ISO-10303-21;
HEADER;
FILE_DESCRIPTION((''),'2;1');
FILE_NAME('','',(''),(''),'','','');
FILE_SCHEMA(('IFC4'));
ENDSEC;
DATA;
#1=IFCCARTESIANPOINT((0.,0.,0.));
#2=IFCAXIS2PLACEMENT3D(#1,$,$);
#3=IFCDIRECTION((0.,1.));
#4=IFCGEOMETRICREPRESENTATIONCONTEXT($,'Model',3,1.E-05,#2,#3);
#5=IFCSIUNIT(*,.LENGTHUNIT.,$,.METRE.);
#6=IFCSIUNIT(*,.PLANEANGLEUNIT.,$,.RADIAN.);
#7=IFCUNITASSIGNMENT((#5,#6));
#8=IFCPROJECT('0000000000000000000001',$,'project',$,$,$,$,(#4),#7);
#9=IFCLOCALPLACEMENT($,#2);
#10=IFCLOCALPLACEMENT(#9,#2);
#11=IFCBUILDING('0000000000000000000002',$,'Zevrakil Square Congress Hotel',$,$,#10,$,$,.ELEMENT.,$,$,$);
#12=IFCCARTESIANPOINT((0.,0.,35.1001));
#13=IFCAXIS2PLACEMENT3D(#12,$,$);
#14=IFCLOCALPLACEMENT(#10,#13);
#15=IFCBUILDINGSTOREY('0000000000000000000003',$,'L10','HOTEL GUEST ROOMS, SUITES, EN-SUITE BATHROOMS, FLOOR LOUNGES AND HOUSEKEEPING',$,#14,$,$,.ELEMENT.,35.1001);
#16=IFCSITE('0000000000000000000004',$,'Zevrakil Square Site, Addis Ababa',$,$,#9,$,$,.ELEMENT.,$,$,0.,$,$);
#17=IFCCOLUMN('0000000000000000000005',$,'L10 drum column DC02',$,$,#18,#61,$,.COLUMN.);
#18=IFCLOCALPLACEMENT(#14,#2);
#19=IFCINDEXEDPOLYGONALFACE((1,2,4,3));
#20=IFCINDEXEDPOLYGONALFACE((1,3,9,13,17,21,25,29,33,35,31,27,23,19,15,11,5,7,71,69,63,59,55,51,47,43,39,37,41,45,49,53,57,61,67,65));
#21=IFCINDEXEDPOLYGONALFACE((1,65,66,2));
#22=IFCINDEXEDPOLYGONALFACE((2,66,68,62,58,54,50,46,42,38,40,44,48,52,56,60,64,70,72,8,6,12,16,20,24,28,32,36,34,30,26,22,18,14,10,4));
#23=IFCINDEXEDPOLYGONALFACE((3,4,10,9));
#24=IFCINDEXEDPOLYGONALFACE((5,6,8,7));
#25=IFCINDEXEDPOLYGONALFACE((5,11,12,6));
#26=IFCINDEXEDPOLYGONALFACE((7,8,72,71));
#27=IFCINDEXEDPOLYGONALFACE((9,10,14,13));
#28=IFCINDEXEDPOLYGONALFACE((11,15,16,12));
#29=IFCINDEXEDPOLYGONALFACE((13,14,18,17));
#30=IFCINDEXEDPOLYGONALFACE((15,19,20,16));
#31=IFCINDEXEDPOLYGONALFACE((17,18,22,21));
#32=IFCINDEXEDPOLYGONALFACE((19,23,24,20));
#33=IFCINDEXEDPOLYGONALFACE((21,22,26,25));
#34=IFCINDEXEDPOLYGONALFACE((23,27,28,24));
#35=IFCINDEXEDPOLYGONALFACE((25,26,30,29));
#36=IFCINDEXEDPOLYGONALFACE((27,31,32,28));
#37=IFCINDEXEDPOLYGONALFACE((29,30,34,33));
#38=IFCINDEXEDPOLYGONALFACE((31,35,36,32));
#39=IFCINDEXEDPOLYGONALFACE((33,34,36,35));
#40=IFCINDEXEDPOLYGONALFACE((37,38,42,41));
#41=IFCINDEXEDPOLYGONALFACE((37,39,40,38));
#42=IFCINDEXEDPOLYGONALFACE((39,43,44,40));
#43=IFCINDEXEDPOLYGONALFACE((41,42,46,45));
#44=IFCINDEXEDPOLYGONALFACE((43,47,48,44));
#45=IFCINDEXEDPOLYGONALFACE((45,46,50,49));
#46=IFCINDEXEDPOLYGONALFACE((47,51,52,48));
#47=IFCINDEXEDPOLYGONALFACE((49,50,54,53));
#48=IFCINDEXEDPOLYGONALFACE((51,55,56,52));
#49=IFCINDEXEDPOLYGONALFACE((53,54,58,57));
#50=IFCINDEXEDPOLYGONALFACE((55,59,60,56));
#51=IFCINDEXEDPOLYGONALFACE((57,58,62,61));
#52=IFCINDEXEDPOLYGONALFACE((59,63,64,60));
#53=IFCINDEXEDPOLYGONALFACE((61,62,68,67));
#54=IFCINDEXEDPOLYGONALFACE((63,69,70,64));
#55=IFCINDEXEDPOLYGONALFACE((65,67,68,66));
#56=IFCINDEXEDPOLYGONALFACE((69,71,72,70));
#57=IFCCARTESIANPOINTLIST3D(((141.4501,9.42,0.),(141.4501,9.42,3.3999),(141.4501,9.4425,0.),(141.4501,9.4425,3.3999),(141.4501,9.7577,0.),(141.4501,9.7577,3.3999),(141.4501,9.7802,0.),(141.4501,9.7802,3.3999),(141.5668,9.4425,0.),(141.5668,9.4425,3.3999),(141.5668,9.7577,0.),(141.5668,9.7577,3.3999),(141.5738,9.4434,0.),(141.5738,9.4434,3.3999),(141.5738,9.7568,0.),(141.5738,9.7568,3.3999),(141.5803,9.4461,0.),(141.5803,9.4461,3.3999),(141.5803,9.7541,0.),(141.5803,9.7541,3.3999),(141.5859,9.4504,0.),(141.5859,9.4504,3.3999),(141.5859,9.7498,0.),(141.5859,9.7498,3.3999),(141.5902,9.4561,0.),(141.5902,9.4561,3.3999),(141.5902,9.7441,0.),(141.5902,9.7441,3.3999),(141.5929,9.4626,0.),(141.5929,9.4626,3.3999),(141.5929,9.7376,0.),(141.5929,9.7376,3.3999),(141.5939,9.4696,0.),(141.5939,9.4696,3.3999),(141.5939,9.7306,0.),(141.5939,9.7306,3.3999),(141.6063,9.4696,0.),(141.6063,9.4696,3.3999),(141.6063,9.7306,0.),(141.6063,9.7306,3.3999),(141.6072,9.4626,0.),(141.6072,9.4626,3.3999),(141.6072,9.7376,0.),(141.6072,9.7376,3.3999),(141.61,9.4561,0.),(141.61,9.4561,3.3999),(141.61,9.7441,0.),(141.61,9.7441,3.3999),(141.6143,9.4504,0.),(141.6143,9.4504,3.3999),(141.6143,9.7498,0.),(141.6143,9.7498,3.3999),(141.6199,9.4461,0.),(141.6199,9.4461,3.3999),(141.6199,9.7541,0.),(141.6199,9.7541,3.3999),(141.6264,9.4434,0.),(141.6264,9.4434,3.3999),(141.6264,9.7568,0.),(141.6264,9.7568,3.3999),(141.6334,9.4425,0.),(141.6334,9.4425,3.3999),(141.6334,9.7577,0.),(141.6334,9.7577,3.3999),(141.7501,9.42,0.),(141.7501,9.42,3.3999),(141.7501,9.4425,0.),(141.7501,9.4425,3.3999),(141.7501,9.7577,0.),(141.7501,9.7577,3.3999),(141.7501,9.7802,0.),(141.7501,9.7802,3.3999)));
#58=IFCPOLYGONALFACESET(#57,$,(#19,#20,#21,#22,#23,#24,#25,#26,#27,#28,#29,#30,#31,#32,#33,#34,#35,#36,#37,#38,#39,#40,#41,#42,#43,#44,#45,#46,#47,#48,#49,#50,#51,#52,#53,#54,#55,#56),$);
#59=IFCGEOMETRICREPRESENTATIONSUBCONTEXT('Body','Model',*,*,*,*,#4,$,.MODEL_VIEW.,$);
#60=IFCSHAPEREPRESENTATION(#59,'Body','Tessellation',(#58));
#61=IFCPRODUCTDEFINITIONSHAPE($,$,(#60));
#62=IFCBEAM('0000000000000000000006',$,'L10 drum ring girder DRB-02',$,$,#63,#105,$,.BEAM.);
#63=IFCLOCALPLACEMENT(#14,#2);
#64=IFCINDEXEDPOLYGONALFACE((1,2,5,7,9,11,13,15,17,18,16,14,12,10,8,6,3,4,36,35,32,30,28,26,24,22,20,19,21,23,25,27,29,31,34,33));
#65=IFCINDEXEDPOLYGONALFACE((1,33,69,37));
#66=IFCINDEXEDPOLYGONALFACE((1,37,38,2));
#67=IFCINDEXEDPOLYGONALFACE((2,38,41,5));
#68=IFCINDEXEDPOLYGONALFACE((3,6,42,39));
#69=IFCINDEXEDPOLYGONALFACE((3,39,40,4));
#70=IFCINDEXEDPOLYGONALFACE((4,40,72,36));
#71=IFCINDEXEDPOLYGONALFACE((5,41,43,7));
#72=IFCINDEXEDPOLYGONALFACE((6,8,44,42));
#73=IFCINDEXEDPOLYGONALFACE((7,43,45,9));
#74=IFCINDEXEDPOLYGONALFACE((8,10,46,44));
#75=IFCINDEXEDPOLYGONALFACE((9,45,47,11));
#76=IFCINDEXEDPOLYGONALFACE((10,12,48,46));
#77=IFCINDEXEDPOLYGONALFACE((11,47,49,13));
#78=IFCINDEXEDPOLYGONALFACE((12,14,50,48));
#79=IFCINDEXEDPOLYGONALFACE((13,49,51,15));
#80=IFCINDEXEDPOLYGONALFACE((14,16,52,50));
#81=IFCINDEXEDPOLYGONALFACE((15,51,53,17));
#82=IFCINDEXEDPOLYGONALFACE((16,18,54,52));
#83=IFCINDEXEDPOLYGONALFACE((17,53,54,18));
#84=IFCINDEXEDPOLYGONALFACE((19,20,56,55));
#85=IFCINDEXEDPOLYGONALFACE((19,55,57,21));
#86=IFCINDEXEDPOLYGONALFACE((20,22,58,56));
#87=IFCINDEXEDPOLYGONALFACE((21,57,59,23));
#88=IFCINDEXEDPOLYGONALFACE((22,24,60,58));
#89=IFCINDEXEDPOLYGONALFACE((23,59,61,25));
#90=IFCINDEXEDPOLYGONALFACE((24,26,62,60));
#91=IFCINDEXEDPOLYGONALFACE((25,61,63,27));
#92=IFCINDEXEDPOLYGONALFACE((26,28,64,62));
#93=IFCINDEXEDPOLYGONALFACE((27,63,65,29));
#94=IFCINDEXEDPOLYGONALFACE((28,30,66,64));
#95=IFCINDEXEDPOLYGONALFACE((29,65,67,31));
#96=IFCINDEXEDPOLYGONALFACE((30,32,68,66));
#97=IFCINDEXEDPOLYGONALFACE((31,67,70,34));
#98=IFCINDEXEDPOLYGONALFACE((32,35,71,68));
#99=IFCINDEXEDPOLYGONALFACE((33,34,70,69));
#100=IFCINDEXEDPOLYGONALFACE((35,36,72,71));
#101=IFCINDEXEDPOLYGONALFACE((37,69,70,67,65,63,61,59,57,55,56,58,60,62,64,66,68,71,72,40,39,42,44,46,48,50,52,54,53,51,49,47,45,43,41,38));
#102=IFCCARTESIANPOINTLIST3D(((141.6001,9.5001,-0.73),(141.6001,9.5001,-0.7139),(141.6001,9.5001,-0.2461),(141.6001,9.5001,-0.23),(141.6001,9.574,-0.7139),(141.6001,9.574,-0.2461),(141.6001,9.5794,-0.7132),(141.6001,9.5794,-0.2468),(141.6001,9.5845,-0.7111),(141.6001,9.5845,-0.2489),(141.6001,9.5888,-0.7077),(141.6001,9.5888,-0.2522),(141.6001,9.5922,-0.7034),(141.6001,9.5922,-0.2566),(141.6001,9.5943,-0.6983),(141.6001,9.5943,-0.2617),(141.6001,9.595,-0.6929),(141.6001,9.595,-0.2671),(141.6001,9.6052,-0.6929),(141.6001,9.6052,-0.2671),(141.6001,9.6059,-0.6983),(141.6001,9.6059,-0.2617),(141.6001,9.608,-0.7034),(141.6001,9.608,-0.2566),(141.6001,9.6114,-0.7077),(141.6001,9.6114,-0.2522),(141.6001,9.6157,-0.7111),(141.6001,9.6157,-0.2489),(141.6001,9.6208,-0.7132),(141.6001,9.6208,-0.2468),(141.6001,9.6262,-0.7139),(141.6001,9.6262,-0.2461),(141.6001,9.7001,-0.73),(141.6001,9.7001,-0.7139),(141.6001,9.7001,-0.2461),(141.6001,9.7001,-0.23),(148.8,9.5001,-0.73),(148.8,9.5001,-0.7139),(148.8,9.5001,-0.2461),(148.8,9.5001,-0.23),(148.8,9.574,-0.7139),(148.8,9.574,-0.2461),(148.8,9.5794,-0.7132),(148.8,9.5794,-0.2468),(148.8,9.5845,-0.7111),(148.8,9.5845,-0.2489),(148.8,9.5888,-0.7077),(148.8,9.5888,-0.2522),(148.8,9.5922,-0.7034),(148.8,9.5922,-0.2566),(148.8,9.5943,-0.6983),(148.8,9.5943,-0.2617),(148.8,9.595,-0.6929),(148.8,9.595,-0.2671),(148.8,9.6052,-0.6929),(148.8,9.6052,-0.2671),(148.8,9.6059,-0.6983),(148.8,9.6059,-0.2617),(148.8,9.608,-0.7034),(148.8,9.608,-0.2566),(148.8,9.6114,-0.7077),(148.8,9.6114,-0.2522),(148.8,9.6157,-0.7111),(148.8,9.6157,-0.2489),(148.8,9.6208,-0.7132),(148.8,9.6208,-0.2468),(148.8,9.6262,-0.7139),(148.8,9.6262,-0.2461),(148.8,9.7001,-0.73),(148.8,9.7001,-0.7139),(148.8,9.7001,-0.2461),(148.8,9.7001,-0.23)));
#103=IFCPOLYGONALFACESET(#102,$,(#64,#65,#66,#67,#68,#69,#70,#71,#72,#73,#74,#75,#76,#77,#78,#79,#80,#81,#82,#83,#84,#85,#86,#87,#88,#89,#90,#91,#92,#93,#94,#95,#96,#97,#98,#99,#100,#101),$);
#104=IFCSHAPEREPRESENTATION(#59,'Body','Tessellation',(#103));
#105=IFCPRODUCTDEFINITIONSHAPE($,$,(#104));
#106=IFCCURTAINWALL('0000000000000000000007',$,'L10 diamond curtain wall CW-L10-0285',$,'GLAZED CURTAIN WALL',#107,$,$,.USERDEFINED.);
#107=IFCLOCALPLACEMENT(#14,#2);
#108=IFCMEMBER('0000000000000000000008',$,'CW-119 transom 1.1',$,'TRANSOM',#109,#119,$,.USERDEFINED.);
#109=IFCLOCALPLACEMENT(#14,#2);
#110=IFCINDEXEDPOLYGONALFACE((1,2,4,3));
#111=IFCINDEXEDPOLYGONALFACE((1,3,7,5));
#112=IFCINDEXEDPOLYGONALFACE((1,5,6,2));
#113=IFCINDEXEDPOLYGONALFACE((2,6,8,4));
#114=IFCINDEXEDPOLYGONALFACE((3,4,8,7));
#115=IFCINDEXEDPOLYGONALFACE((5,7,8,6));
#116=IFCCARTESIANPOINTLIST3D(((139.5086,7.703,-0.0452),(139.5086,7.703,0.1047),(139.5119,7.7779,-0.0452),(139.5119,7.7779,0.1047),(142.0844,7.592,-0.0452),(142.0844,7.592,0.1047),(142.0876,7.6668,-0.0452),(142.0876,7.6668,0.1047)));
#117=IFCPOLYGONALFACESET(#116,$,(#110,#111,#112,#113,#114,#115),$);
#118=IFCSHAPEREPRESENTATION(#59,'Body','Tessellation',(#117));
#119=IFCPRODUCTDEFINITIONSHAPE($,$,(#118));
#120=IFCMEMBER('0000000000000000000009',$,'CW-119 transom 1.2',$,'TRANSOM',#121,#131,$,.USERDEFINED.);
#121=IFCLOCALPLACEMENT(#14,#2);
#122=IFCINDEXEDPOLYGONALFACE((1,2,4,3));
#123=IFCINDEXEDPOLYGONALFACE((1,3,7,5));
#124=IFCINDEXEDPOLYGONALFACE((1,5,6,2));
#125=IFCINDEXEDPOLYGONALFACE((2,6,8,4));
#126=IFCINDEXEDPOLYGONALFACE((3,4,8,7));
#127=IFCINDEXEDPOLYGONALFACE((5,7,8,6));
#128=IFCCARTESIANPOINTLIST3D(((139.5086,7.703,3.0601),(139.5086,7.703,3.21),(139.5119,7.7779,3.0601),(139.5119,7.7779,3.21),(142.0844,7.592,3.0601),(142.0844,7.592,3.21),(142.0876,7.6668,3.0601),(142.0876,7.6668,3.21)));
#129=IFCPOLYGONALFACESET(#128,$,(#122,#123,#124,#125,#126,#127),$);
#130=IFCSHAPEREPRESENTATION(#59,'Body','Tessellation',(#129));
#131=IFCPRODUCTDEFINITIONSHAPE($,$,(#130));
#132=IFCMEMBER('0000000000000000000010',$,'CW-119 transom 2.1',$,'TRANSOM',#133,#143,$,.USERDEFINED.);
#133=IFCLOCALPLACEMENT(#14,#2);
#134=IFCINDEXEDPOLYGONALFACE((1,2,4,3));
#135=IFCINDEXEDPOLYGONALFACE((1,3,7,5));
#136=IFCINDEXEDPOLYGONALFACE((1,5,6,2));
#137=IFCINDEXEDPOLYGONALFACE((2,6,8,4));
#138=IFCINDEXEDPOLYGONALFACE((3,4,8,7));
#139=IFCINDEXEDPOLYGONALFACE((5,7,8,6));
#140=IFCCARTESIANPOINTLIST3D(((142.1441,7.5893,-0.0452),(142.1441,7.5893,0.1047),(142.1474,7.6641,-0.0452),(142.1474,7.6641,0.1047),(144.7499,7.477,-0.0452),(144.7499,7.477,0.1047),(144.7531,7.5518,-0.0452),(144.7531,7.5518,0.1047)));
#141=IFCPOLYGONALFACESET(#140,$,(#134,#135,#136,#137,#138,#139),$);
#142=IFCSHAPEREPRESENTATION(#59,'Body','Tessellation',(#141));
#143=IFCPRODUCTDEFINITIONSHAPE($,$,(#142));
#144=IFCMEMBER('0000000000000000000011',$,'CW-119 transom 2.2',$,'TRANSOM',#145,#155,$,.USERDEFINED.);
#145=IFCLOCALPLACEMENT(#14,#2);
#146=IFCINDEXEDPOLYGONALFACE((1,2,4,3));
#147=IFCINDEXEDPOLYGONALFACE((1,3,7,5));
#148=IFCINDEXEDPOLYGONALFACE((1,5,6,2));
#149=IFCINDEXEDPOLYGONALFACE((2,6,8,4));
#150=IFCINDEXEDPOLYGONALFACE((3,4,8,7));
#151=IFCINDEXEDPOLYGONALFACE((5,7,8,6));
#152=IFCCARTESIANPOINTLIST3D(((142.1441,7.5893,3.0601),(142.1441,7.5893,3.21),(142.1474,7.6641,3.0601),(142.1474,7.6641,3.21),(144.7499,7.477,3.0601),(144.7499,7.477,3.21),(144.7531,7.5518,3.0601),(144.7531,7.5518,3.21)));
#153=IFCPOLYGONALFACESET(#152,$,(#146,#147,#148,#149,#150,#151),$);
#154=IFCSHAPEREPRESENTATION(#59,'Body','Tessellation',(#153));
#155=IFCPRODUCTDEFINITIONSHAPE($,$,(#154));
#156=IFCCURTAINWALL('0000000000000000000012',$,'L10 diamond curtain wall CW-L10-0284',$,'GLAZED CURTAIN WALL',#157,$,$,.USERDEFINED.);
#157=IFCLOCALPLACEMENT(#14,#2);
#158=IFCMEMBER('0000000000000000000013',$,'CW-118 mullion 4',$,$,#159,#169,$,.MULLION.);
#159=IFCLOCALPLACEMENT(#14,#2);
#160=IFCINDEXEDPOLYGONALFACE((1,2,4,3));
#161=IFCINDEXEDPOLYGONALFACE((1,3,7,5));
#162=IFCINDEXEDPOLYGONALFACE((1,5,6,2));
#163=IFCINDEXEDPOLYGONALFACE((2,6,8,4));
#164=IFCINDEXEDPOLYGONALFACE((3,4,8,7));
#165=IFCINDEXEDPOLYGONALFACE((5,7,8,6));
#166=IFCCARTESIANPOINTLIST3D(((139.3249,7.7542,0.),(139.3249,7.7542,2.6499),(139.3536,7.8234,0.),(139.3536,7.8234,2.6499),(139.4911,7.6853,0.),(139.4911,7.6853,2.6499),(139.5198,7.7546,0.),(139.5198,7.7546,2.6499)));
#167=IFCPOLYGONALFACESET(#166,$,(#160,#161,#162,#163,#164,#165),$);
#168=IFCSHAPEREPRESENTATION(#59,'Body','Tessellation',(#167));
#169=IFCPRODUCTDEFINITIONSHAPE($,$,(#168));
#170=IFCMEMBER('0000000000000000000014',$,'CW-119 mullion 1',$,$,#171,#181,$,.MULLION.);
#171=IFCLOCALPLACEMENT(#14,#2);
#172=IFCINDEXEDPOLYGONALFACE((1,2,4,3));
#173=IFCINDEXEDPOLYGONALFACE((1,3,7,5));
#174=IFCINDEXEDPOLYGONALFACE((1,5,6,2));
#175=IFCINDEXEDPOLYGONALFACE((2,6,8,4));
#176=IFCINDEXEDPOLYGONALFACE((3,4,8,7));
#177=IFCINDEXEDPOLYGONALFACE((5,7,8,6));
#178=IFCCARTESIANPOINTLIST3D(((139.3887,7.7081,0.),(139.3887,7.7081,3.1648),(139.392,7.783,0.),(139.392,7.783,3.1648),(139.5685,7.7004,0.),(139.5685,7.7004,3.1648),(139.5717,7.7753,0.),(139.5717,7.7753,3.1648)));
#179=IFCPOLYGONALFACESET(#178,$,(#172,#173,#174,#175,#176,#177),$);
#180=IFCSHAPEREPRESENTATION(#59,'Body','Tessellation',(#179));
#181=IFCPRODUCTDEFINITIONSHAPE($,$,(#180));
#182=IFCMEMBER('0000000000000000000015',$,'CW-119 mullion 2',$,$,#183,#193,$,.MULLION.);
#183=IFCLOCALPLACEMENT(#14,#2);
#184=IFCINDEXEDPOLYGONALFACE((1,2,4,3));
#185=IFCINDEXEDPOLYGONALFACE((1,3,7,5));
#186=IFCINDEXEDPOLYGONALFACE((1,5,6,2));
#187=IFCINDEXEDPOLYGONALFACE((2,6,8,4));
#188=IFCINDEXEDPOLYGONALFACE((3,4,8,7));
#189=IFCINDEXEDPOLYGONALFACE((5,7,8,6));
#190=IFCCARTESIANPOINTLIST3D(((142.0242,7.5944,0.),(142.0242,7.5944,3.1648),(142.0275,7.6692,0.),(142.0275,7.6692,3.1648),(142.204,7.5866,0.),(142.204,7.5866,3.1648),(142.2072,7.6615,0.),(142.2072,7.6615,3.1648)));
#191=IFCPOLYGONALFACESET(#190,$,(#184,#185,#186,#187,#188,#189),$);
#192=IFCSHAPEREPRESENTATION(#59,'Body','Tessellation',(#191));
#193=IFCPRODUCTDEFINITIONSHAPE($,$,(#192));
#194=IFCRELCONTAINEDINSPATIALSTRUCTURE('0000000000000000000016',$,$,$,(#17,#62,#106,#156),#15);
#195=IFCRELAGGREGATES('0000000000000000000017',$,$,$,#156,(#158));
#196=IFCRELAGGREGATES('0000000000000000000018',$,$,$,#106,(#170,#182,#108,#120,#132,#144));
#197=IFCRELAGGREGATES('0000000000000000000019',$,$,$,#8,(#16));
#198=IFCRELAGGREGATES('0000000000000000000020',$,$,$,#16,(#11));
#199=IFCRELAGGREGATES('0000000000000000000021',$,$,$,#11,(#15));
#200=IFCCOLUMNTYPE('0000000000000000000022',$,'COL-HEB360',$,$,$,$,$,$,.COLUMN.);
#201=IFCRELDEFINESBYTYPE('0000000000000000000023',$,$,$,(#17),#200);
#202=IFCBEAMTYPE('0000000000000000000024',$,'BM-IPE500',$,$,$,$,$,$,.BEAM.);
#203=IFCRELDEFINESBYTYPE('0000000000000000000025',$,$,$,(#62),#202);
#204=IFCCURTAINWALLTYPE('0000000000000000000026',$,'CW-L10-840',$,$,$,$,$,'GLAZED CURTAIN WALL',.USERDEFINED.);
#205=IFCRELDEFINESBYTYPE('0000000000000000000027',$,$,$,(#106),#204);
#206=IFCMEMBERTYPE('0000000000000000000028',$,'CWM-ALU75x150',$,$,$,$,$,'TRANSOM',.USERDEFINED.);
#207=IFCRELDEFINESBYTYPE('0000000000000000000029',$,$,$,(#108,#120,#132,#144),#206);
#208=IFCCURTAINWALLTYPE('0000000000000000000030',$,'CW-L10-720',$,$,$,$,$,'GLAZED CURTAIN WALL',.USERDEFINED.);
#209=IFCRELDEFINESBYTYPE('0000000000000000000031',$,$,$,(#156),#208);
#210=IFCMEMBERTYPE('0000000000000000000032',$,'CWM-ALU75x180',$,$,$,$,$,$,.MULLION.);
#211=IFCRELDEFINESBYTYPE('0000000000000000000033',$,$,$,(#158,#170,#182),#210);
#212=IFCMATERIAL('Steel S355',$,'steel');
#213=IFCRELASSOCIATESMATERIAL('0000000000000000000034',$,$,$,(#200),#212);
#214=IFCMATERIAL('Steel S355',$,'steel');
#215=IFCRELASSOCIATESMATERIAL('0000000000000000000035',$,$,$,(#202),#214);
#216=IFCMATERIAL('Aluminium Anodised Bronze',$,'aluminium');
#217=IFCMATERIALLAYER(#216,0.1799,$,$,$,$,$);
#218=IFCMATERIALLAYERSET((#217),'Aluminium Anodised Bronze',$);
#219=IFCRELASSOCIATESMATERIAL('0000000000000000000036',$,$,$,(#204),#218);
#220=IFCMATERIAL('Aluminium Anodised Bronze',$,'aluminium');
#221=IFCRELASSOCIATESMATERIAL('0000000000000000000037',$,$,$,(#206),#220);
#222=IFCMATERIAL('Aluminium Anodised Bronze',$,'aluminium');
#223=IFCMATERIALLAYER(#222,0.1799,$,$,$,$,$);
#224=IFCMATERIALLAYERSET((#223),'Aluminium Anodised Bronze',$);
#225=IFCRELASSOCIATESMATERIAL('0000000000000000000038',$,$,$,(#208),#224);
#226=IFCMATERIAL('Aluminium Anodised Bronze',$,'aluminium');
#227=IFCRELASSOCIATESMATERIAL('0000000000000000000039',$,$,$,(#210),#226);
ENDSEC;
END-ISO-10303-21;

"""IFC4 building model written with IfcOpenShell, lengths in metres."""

from ifc_helpers import new_model, si_unit, direction, frame, origin, origin_2d, place, context, subcontext, project, spatial, rectangle, i_section, extrude, material, layer, layer_set, material_profile, profile_set, type_object, element, aggregate, save


model = new_model("IFC4")

# Units and contexts
model_context = context("Model", 3, precision=1e-05, world=origin(), true_north=direction((0.0, 1.0)))
body_context = subcontext(model_context, "Body", "Model", "MODEL_VIEW")
ifc_project = project(units=[si_unit("LENGTHUNIT", "METRE"), si_unit("PLANEANGLEUNIT", "RADIAN")], contexts=[model_context])

# Site, building, storey
site_placement = place(None, origin())
site = spatial("IfcSite", under=ifc_project, at=site_placement, Name="Zevrakil Square Site, Addis Ababa", CompositionType="ELEMENT", RefElevation=0.0)
building_placement = place(site_placement, origin())
building = spatial("IfcBuilding", under=site, at=building_placement, Name="Zevrakil Square Congress Hotel", CompositionType="ELEMENT")
storey_placement = place(building_placement, frame((0.0, 0.0, 35.1001)))
storey = spatial("IfcBuildingStorey", under=building, at=storey_placement, Name="L10", Description="HOTEL GUEST ROOMS, SUITES, EN-SUITE BATHROOMS, FLOOR LOUNGES AND HOUSEKEEPING", CompositionType="ELEMENT", Elevation=35.1001)

# Column
ifc_material_1 = material(Name="Steel S355", Category="steel")
ifc_material_profile_1 = material_profile(ifc_material_1, i_section(OverallWidth=0.3, OverallDepth=0.3601, WebThickness=0.0125, FlangeThickness=0.0225, FilletRadius=0.0271, at=origin_2d()), Name="HEB 360")
ifc_profile_set_1 = profile_set([ifc_material_profile_1], Name="Steel S355")
column_type = type_object("IfcColumnType", Name="COL-HEB360", PredefinedType="COLUMN", material=ifc_profile_set_1)
column_placement = place(storey_placement, frame((141.6001, 9.6001, 0.0), z_axis=(0.0, 0.0, 1.0), x_axis=(1.0, 0.0, 0.0)))
element("IfcColumn", 1, at=column_placement, inside=storey, type_object=column_type, Name="L10 drum column DC02", PredefinedType="COLUMN", context=body_context, shape_type="SweptSolid", body=[
    extrude(i_section(OverallWidth=0.3, OverallDepth=0.3601, WebThickness=0.0125, FlangeThickness=0.0225, FilletRadius=0.0271, at=origin_2d()), origin(), (0.0, 0.0, 1.0), 3.3999),
])

# Beam
ifc_material_2 = material(Name="Steel S355", Category="steel")
ifc_material_profile_2 = material_profile(ifc_material_2, i_section(OverallWidth=0.2, OverallDepth=0.5, WebThickness=0.0103, FlangeThickness=0.0161, FilletRadius=0.021, at=origin_2d()), Name="IPE 500")
ifc_profile_set_2 = profile_set([ifc_material_profile_2], Name="Steel S355")
beam_type_1 = type_object("IfcBeamType", Name="BM-IPE500", PredefinedType="BEAM", material=ifc_profile_set_2)
beam_1_placement = place(storey_placement, frame((141.6001, 9.6001, -0.48), z_axis=(1.0, 0.0, 0.0), x_axis=(0.0, 1.0, 0.0)))
element("IfcBeam", 2, at=beam_1_placement, inside=storey, type_object=beam_type_1, Name="L10 drum ring girder DRB-02", PredefinedType="BEAM", context=body_context, shape_type="SweptSolid", body=[
    extrude(i_section(OverallWidth=0.2, OverallDepth=0.5, WebThickness=0.0103, FlangeThickness=0.0161, FilletRadius=0.021, at=origin_2d()), origin(), (0.0, 0.0, 1.0), 7.2),
])

# Curtain wall, members
ifc_material_3 = material(Name="Aluminium Anodised Bronze", Category="aluminium")
ifc_layer_1 = layer(ifc_material_3, 0.1799)
ifc_layer_set_1 = layer_set([ifc_layer_1], Name="Aluminium Anodised Bronze")
curtain_wall_type_1 = type_object("IfcCurtainWallType", Name="CW-L10-840", ElementType="GLAZED CURTAIN WALL", PredefinedType="USERDEFINED", material=ifc_layer_set_1)
curtain_wall_1_placement = place(storey_placement, origin())
curtain_wall_1 = element("IfcCurtainWall", 3, at=curtain_wall_1_placement, inside=storey, type_object=curtain_wall_type_1, Name="L10 diamond curtain wall CW-L10-0285", ObjectType="GLAZED CURTAIN WALL", PredefinedType="USERDEFINED")
ifc_material_4 = material(Name="Aluminium Anodised Bronze", Category="aluminium")
ifc_material_profile_3 = material_profile(ifc_material_4, rectangle(XDim=0.075, YDim=0.1499, at=origin_2d()), Name="ALU 75x150")
ifc_profile_set_3 = profile_set([ifc_material_profile_3], Name="Aluminium Anodised Bronze")
member_type_1 = type_object("IfcMemberType", Name="CWM-ALU75x150", ElementType="TRANSOM", PredefinedType="USERDEFINED", material=ifc_profile_set_3)
member_1_placement = place(storey_placement, frame((139.5103, 7.7405, 0.0298), z_axis=(0.999071, -0.043088, 0.0), x_axis=(0.043088, 0.999071, 0.0)))
member_1 = element("IfcMember", 4, at=member_1_placement, type_object=member_type_1, Name="CW-119 transom 1.1", ObjectType="TRANSOM", PredefinedType="USERDEFINED", context=body_context, shape_type="SweptSolid", body=[
    extrude(rectangle(XDim=0.075, YDim=0.1499, at=origin_2d()), origin(), (0.0, 0.0, 1.0), 2.5781),
])
member_2_placement = place(storey_placement, frame((139.5103, 7.7405, 3.135), z_axis=(0.999071, -0.043088, 0.0), x_axis=(0.043088, 0.999071, 0.0)))
member_2 = element("IfcMember", 5, at=member_2_placement, type_object=member_type_1, Name="CW-119 transom 1.2", ObjectType="TRANSOM", PredefinedType="USERDEFINED", context=body_context, shape_type="SweptSolid", body=[
    extrude(rectangle(XDim=0.075, YDim=0.1499, at=origin_2d()), origin(), (0.0, 0.0, 1.0), 2.5781),
])
member_3_placement = place(storey_placement, frame((142.1458, 7.6267, 0.0298), z_axis=(0.999073, -0.043059, 0.0), x_axis=(0.043059, 0.999073, 0.0)))
member_3 = element("IfcMember", 6, at=member_3_placement, type_object=member_type_1, Name="CW-119 transom 2.1", ObjectType="TRANSOM", PredefinedType="USERDEFINED", context=body_context, shape_type="SweptSolid", body=[
    extrude(rectangle(XDim=0.075, YDim=0.1499, at=origin_2d()), origin(), (0.0, 0.0, 1.0), 2.6082),
])
member_4_placement = place(storey_placement, frame((142.1458, 7.6267, 3.135), z_axis=(0.999073, -0.043059, 0.0), x_axis=(0.043059, 0.999073, 0.0)))
member_4 = element("IfcMember", 7, at=member_4_placement, type_object=member_type_1, Name="CW-119 transom 2.2", ObjectType="TRANSOM", PredefinedType="USERDEFINED", context=body_context, shape_type="SweptSolid", body=[
    extrude(rectangle(XDim=0.075, YDim=0.1499, at=origin_2d()), origin(), (0.0, 0.0, 1.0), 2.6082),
])

# Curtain wall, member
ifc_material_5 = material(Name="Aluminium Anodised Bronze", Category="aluminium")
ifc_layer_2 = layer(ifc_material_5, 0.1799)
ifc_layer_set_2 = layer_set([ifc_layer_2], Name="Aluminium Anodised Bronze")
curtain_wall_type_2 = type_object("IfcCurtainWallType", Name="CW-L10-720", ElementType="GLAZED CURTAIN WALL", PredefinedType="USERDEFINED", material=ifc_layer_set_2)
curtain_wall_2_placement = place(storey_placement, origin())
curtain_wall_2 = element("IfcCurtainWall", 8, at=curtain_wall_2_placement, inside=storey, type_object=curtain_wall_type_2, Name="L10 diamond curtain wall CW-L10-0284", ObjectType="GLAZED CURTAIN WALL", PredefinedType="USERDEFINED")
ifc_material_6 = material(Name="Aluminium Anodised Bronze", Category="aluminium")
ifc_material_profile_4 = material_profile(ifc_material_6, rectangle(XDim=0.075, YDim=0.1799, at=origin_2d()), Name="ALU 75x180")
ifc_profile_set_4 = profile_set([ifc_material_profile_4], Name="Aluminium Anodised Bronze")
member_type_2 = type_object("IfcMemberType", Name="CWM-ALU75x180", PredefinedType="MULLION", material=ifc_profile_set_4)
member_5_placement = place(storey_placement, frame((139.4224, 7.7544, 0.0), z_axis=(0.0, 0.0, 1.0), x_axis=(0.382684, 0.923879, 0.0)))
member_5 = element("IfcMember", 9, at=member_5_placement, type_object=member_type_2, Name="CW-118 mullion 4", PredefinedType="MULLION", context=body_context, shape_type="SweptSolid", body=[
    extrude(rectangle(XDim=0.075, YDim=0.1799, at=origin_2d()), origin(), (0.0, 0.0, 1.0), 2.6499),
])
aggregate(curtain_wall_2, [member_5])

# Members
member_6_placement = place(storey_placement, frame((139.4802, 7.7417, 0.0), z_axis=(0.0, 0.0, 1.0), x_axis=(0.043102, 0.999071, 0.0)))
member_6 = element("IfcMember", 10, at=member_6_placement, type_object=member_type_2, Name="CW-119 mullion 1", PredefinedType="MULLION", context=body_context, shape_type="SweptSolid", body=[
    extrude(rectangle(XDim=0.075, YDim=0.1799, at=origin_2d()), origin(), (0.0, 0.0, 1.0), 3.1648),
])
member_7_placement = place(storey_placement, frame((142.1157, 7.6279, 0.0), z_axis=(0.0, 0.0, 1.0), x_axis=(0.043102, 0.999071, 0.0)))
member_7 = element("IfcMember", 11, at=member_7_placement, type_object=member_type_2, Name="CW-119 mullion 2", PredefinedType="MULLION", context=body_context, shape_type="SweptSolid", body=[
    extrude(rectangle(XDim=0.075, YDim=0.1799, at=origin_2d()), origin(), (0.0, 0.0, 1.0), 3.1648),
])

aggregate(curtain_wall_1, [member_6, member_7, member_1, member_2, member_3, member_4])

save(model, "model.ifc")
